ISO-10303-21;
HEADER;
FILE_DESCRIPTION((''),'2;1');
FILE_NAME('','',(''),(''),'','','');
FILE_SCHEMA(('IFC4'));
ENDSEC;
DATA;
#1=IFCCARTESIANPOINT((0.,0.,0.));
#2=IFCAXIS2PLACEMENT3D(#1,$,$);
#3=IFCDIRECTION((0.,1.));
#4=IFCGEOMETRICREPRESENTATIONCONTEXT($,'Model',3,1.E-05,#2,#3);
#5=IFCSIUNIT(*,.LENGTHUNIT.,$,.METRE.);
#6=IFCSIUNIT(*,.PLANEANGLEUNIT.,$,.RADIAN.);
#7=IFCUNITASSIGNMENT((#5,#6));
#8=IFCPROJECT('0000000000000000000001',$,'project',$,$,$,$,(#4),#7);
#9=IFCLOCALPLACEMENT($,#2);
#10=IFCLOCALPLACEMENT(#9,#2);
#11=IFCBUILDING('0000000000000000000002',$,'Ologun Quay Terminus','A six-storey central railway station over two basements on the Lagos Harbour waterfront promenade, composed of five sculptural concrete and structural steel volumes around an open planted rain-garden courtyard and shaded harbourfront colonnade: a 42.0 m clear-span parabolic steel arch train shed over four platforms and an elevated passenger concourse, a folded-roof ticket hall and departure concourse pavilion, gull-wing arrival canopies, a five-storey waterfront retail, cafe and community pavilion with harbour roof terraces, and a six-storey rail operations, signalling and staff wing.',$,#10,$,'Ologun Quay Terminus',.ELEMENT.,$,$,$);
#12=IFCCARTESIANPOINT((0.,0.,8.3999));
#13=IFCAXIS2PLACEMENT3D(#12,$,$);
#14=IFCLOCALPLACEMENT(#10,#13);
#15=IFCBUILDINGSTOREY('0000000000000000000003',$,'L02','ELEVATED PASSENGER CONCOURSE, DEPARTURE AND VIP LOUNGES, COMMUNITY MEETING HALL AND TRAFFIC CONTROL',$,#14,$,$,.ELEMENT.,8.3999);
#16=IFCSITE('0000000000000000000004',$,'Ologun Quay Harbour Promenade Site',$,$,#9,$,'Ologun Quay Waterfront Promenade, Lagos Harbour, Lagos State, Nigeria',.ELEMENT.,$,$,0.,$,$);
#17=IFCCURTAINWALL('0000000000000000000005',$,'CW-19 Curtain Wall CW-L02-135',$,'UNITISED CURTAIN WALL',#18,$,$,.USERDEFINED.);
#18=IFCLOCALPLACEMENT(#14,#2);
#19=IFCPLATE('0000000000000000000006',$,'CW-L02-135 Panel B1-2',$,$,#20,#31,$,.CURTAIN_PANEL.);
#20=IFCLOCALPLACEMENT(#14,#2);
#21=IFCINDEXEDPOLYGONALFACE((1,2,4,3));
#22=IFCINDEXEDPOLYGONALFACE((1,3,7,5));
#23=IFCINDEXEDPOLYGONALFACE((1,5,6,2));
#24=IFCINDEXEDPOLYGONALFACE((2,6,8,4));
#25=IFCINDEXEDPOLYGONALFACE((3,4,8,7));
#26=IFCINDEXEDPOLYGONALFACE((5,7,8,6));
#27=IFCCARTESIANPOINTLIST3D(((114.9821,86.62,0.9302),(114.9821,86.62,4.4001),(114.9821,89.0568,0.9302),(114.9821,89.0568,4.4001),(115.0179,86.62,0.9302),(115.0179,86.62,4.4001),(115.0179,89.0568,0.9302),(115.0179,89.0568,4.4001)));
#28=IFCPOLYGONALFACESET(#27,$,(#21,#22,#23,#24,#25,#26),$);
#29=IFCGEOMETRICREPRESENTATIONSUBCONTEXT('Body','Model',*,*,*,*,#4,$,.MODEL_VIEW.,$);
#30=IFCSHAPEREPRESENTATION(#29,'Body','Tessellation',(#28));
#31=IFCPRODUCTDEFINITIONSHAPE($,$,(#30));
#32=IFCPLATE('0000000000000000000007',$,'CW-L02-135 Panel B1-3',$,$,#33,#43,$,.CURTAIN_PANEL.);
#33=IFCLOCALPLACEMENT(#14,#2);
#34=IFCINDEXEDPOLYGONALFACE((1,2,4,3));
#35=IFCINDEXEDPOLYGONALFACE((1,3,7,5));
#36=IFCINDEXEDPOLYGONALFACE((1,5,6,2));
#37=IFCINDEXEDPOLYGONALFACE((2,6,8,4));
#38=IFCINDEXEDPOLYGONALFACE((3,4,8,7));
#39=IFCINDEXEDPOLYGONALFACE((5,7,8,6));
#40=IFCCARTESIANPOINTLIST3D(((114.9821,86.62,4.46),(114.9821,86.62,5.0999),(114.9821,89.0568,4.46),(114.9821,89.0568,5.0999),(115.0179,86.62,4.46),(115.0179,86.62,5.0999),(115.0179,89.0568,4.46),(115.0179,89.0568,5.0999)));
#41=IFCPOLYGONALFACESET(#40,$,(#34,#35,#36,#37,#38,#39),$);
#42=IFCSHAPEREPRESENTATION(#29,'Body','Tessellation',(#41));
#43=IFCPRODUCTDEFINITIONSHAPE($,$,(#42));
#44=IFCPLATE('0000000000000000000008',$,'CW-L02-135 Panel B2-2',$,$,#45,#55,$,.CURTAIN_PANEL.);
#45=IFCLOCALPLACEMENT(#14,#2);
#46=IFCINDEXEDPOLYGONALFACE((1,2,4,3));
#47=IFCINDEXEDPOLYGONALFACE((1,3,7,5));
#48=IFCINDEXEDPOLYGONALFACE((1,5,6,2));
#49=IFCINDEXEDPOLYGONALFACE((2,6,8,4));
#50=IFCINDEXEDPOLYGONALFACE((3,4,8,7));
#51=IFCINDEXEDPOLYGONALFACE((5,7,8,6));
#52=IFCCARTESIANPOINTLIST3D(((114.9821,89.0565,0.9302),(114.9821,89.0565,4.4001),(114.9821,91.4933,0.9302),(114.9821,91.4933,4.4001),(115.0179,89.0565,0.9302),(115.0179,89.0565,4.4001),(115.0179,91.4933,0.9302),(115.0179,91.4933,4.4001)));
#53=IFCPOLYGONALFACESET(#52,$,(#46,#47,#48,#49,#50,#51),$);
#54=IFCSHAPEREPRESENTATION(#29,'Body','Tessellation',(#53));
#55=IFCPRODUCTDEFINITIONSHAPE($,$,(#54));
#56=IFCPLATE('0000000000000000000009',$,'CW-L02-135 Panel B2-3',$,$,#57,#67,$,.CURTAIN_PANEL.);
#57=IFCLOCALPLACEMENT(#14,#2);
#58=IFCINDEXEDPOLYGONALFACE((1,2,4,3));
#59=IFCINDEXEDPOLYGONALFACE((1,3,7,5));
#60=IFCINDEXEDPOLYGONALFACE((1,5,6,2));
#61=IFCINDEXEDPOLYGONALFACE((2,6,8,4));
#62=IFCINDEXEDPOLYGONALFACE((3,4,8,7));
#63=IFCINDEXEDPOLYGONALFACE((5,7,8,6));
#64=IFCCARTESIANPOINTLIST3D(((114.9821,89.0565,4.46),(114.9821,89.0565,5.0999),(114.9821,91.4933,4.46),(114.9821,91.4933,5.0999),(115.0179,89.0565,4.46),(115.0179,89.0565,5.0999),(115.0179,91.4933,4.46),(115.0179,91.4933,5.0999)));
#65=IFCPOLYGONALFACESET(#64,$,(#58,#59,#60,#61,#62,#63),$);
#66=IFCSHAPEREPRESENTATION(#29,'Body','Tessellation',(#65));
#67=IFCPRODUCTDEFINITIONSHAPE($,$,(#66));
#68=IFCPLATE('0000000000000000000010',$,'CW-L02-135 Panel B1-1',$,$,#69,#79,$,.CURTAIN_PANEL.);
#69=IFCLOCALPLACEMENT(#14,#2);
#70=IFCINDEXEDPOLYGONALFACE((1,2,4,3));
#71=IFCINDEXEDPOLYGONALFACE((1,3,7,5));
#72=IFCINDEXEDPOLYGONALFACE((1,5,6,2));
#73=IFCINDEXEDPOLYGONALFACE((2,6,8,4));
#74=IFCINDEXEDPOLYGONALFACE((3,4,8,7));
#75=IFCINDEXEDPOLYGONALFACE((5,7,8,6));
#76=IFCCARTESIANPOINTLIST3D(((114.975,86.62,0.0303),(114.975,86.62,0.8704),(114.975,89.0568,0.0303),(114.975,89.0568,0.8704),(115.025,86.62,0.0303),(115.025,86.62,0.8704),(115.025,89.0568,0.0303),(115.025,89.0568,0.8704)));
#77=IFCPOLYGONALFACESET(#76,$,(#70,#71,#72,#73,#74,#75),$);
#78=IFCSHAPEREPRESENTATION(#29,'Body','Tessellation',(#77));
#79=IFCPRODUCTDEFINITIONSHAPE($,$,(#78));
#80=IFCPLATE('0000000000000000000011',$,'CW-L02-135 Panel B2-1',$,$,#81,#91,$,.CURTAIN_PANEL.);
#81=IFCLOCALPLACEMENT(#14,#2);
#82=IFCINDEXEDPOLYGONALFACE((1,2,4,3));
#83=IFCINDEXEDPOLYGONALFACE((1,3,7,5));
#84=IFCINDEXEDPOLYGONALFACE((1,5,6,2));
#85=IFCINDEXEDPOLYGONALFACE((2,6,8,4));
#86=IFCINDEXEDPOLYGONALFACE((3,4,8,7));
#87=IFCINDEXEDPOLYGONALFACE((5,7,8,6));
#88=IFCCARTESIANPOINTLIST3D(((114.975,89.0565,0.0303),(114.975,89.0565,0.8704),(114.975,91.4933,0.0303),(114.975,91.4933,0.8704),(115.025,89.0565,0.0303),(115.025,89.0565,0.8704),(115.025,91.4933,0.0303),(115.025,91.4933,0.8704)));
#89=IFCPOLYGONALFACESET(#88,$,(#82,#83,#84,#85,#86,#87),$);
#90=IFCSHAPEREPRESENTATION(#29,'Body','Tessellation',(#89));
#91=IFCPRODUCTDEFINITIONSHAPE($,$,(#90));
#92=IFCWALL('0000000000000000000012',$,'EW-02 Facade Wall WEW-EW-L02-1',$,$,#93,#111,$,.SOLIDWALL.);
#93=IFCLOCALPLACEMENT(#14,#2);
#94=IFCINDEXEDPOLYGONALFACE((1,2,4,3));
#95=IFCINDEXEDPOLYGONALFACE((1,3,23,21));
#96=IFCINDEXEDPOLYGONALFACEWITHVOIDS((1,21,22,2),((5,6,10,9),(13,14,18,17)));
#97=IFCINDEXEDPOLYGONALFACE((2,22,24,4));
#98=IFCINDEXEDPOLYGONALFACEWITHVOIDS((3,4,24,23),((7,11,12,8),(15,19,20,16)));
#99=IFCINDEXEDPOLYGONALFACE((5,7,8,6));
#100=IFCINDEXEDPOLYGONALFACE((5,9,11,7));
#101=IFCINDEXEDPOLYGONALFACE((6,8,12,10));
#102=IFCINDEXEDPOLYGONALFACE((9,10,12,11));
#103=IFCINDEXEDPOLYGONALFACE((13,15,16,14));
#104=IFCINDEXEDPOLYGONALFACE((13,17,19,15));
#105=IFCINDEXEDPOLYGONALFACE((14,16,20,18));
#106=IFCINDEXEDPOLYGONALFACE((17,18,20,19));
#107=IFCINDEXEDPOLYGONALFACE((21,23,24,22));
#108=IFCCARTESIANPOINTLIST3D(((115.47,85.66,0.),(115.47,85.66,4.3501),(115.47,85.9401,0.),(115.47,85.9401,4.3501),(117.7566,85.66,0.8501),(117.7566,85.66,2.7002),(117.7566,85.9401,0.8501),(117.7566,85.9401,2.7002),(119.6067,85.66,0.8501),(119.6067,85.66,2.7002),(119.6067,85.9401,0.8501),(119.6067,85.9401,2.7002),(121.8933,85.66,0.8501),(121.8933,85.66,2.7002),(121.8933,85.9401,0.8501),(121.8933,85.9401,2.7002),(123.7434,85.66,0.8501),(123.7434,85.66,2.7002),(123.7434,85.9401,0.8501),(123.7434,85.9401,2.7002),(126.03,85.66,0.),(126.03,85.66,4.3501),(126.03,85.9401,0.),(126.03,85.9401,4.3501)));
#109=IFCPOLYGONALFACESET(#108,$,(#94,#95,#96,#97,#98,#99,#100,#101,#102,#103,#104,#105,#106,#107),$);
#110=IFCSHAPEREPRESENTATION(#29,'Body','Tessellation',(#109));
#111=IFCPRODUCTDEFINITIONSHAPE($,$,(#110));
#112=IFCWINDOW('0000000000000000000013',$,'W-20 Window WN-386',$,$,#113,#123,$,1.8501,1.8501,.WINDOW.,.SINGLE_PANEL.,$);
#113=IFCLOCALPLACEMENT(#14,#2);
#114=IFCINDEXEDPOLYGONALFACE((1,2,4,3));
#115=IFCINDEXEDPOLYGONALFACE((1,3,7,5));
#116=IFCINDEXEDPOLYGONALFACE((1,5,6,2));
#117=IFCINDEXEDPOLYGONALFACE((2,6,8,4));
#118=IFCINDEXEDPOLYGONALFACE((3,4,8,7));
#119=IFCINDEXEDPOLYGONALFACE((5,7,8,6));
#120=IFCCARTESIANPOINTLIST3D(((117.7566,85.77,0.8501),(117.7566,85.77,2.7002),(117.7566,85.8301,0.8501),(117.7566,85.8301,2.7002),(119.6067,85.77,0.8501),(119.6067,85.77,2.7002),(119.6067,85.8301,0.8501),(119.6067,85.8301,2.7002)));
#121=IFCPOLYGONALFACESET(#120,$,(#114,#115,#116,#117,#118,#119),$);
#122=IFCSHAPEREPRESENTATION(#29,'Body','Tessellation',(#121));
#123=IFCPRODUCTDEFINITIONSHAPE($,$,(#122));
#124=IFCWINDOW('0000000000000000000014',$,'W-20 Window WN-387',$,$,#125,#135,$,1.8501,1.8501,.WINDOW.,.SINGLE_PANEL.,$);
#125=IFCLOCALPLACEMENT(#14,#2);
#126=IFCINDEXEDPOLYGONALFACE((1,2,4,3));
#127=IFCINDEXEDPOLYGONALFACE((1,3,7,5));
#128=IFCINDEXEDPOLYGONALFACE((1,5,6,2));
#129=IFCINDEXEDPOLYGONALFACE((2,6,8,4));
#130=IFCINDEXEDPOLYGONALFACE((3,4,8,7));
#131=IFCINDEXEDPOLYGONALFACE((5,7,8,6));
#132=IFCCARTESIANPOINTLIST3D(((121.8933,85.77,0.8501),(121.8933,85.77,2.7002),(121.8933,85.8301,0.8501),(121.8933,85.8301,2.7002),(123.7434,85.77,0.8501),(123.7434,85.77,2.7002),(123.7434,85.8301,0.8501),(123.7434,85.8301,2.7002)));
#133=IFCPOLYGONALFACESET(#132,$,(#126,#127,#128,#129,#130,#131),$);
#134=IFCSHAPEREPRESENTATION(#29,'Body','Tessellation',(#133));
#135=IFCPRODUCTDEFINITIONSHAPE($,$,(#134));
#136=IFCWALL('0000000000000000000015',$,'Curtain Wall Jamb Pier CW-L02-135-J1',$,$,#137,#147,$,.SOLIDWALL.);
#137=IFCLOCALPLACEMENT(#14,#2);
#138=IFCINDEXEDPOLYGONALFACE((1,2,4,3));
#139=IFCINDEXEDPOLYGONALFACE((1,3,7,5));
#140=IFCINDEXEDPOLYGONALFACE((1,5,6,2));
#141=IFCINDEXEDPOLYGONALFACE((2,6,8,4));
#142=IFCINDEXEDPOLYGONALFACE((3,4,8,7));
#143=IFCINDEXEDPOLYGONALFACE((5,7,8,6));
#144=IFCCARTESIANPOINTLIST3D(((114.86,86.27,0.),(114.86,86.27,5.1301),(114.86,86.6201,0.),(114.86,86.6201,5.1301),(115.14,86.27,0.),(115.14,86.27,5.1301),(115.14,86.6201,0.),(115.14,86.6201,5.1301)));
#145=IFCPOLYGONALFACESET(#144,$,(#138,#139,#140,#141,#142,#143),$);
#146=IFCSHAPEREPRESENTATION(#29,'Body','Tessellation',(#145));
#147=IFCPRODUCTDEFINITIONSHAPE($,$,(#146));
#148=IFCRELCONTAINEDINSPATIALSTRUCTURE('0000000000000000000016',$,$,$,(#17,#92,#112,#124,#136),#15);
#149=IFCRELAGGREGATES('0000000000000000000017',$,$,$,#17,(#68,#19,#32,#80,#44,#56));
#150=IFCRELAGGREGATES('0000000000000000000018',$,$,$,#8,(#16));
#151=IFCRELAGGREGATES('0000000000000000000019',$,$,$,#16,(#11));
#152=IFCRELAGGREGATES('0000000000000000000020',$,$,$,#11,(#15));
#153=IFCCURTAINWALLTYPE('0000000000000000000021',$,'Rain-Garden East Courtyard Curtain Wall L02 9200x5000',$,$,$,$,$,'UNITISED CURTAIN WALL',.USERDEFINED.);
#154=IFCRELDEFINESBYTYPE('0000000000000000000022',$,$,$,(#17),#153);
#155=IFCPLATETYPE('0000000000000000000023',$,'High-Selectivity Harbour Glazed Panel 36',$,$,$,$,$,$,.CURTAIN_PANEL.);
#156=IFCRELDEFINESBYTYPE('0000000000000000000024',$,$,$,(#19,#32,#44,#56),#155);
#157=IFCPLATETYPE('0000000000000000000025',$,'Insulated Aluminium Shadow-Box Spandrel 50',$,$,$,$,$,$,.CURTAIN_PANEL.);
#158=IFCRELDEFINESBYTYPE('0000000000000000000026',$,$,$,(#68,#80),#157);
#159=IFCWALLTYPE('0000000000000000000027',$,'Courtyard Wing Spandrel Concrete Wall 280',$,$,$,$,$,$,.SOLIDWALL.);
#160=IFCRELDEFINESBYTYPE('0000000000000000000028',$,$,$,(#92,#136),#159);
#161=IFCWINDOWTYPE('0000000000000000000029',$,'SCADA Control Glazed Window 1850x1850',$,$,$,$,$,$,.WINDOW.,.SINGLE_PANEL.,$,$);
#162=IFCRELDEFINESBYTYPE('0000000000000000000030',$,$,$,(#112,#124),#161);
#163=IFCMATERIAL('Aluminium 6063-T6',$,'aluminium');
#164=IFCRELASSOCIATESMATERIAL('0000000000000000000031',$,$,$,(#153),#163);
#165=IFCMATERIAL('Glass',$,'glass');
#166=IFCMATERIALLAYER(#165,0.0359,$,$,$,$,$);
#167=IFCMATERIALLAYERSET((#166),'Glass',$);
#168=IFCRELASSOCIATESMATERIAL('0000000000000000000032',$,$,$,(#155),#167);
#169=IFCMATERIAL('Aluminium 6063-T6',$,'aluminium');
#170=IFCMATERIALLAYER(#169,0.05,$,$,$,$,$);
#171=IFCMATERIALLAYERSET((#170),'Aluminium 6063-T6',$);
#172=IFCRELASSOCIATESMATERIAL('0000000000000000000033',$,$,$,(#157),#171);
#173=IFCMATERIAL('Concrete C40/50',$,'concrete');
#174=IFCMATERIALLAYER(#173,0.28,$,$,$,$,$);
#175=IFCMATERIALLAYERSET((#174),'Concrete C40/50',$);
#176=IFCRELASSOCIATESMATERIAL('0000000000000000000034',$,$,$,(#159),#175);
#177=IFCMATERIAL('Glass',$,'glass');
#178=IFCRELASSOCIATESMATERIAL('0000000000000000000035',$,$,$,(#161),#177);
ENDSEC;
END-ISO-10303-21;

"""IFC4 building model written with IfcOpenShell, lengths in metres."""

from ifc_helpers import new_model, si_unit, direction, frame, frame_2d, origin, origin_2d, place, context, subcontext, project, spatial, rectangle, extrude, material, layer, layer_set, type_object, element, fill, aggregate, save


model = new_model("IFC4")

# Units and contexts
model_context = context("Model", 3, precision=1e-05, world=origin(), true_north=direction((0.0, 1.0)))
body_context = subcontext(model_context, "Body", "Model", "MODEL_VIEW")
ifc_project = project(units=[si_unit("LENGTHUNIT", "METRE"), si_unit("PLANEANGLEUNIT", "RADIAN")], contexts=[model_context])

# Site, building, storey
site_placement = place(None, origin())
site = spatial("IfcSite", under=ifc_project, at=site_placement, Name="Ologun Quay Harbour Promenade Site", LongName="Ologun Quay Waterfront Promenade, Lagos Harbour, Lagos State, Nigeria", CompositionType="ELEMENT", RefElevation=0.0)
building_placement = place(site_placement, origin())
building = spatial("IfcBuilding", under=site, at=building_placement, Name="Ologun Quay Terminus", Description="A six-storey central railway station over two basements on the Lagos Harbour waterfront promenade, composed of five sculptural concrete and structural steel volumes around an open planted rain-garden courtyard and shaded harbourfront colonnade: a 42.0 m clear-span parabolic steel arch train shed over four platforms and an elevated passenger concourse, a folded-roof ticket hall and departure concourse pavilion, gull-wing arrival canopies, a five-storey waterfront retail, cafe and community pavilion with harbour roof terraces, and a six-storey rail operations, signalling and staff wing.", LongName="Ologun Quay Terminus", CompositionType="ELEMENT")
storey_placement = place(building_placement, frame((0.0, 0.0, 8.3999)))
storey = spatial("IfcBuildingStorey", under=building, at=storey_placement, Name="L02", Description="ELEVATED PASSENGER CONCOURSE, DEPARTURE AND VIP LOUNGES, COMMUNITY MEETING HALL AND TRAFFIC CONTROL", CompositionType="ELEMENT", Elevation=8.3999)

# Curtain wall
ifc_material_1 = material(Name="Aluminium 6063-T6", Category="aluminium")
curtain_wall_type = type_object("IfcCurtainWallType", Name="Rain-Garden East Courtyard Curtain Wall L02 9200x5000", ElementType="UNITISED CURTAIN WALL", PredefinedType="USERDEFINED", material=ifc_material_1)
curtain_wall_placement = place(storey_placement, origin())
curtain_wall = element("IfcCurtainWall", 1, at=curtain_wall_placement, inside=storey, type_object=curtain_wall_type, Name="CW-19 Curtain Wall CW-L02-135", ObjectType="UNITISED CURTAIN WALL", PredefinedType="USERDEFINED")

# Plates
ifc_material_2 = material(Name="Glass", Category="glass")
ifc_layer_1 = layer(ifc_material_2, 0.0359)
ifc_layer_set_1 = layer_set([ifc_layer_1], Name="Glass")
plate_type_1 = type_object("IfcPlateType", Name="High-Selectivity Harbour Glazed Panel 36", PredefinedType="CURTAIN_PANEL", material=ifc_layer_set_1)
plate_1_placement = place(storey_placement, frame((115.0, 87.8384, 0.9302), z_axis=(0.0, 0.0, 1.0), x_axis=(0.0, 1.0, 0.0)))
plate_1 = element("IfcPlate", 2, at=plate_1_placement, type_object=plate_type_1, Name="CW-L02-135 Panel B1-2", PredefinedType="CURTAIN_PANEL", context=body_context, shape_type="SweptSolid", body=[
    extrude(rectangle(XDim=2.4368, YDim=0.0359, at=origin_2d()), origin(), (0.0, 0.0, 1.0), 3.47),
])
plate_2_placement = place(storey_placement, frame((115.0, 87.8384, 4.46), z_axis=(0.0, 0.0, 1.0), x_axis=(0.0, 1.0, 0.0)))
plate_2 = element("IfcPlate", 3, at=plate_2_placement, type_object=plate_type_1, Name="CW-L02-135 Panel B1-3", PredefinedType="CURTAIN_PANEL", context=body_context, shape_type="SweptSolid", body=[
    extrude(rectangle(XDim=2.4368, YDim=0.0359, at=origin_2d()), origin(), (0.0, 0.0, 1.0), 0.6399),
])
plate_3_placement = place(storey_placement, frame((115.0, 90.2749, 0.9302), z_axis=(0.0, 0.0, 1.0), x_axis=(0.0, 1.0, 0.0)))
plate_3 = element("IfcPlate", 4, at=plate_3_placement, type_object=plate_type_1, Name="CW-L02-135 Panel B2-2", PredefinedType="CURTAIN_PANEL", context=body_context, shape_type="SweptSolid", body=[
    extrude(rectangle(XDim=2.4368, YDim=0.0359, at=origin_2d()), origin(), (0.0, 0.0, 1.0), 3.47),
])
plate_4_placement = place(storey_placement, frame((115.0, 90.2749, 4.46), z_axis=(0.0, 0.0, 1.0), x_axis=(0.0, 1.0, 0.0)))
plate_4 = element("IfcPlate", 5, at=plate_4_placement, type_object=plate_type_1, Name="CW-L02-135 Panel B2-3", PredefinedType="CURTAIN_PANEL", context=body_context, shape_type="SweptSolid", body=[
    extrude(rectangle(XDim=2.4368, YDim=0.0359, at=origin_2d()), origin(), (0.0, 0.0, 1.0), 0.6399),
])
ifc_material_3 = material(Name="Aluminium 6063-T6", Category="aluminium")
ifc_layer_2 = layer(ifc_material_3, 0.05)
ifc_layer_set_2 = layer_set([ifc_layer_2], Name="Aluminium 6063-T6")
plate_type_2 = type_object("IfcPlateType", Name="Insulated Aluminium Shadow-Box Spandrel 50", PredefinedType="CURTAIN_PANEL", material=ifc_layer_set_2)
plate_5_placement = place(storey_placement, frame((115.0, 87.8384, 0.0303), z_axis=(0.0, 0.0, 1.0), x_axis=(0.0, 1.0, 0.0)))
plate_5 = element("IfcPlate", 6, at=plate_5_placement, type_object=plate_type_2, Name="CW-L02-135 Panel B1-1", PredefinedType="CURTAIN_PANEL", context=body_context, shape_type="SweptSolid", body=[
    extrude(rectangle(XDim=2.4368, YDim=0.05, at=origin_2d()), origin(), (0.0, 0.0, 1.0), 0.8401),
])
plate_6_placement = place(storey_placement, frame((115.0, 90.2749, 0.0303), z_axis=(0.0, 0.0, 1.0), x_axis=(0.0, 1.0, 0.0)))
plate_6 = element("IfcPlate", 7, at=plate_6_placement, type_object=plate_type_2, Name="CW-L02-135 Panel B2-1", PredefinedType="CURTAIN_PANEL", context=body_context, shape_type="SweptSolid", body=[
    extrude(rectangle(XDim=2.4368, YDim=0.05, at=origin_2d()), origin(), (0.0, 0.0, 1.0), 0.8401),
])
aggregate(curtain_wall, [plate_5, plate_1, plate_2, plate_6, plate_3, plate_4])

# Wall, openings, windows
ifc_material_4 = material(Name="Concrete C40/50", Category="concrete")
ifc_layer_3 = layer(ifc_material_4, 0.28)
ifc_layer_set_3 = layer_set([ifc_layer_3], Name="Concrete C40/50")
wall_type = type_object("IfcWallType", Name="Courtyard Wing Spandrel Concrete Wall 280", PredefinedType="SOLIDWALL", material=ifc_layer_set_3)
wall_1_placement = place(storey_placement, frame((115.47, 85.8, 0.0), z_axis=(0.0, 0.0, 1.0), x_axis=(1.0, 0.0, 0.0)))
wall_1 = element("IfcWall", 8, at=wall_1_placement, inside=storey, type_object=wall_type, Name="EW-02 Facade Wall WEW-EW-L02-1", PredefinedType="SOLIDWALL", context=body_context, shape_type="SweptSolid", body=[
    extrude(rectangle(XDim=10.5601, YDim=0.28, at=frame_2d((5.28, 0.0))), origin(), (0.0, 0.0, 1.0), 4.3501),
])
opening_1_placement = place(wall_1_placement, frame((2.2866, 0.0, 0.8501)))
opening_1 = element("IfcOpeningElement", 9, at=opening_1_placement, cuts=wall_1, PredefinedType="OPENING", context=body_context, shape_type="SweptSolid", body=[
    extrude(rectangle(XDim=1.8501, YDim=1.8501, at=frame_2d((0.925, 0.925))), frame((0.0, 0.1499, 0.0), z_axis=(0.0, -1.0, 0.0), x_axis=(1.0, 0.0, 0.0)), (0.0, 0.0, 1.0), 0.3),
])
opening_2_placement = place(wall_1_placement, frame((6.4233, 0.0, 0.8501)))
opening_2 = element("IfcOpeningElement", 10, at=opening_2_placement, cuts=wall_1, PredefinedType="OPENING", context=body_context, shape_type="SweptSolid", body=[
    extrude(rectangle(XDim=1.8501, YDim=1.8501, at=frame_2d((0.925, 0.925))), frame((0.0, 0.1499, 0.0), z_axis=(0.0, -1.0, 0.0), x_axis=(1.0, 0.0, 0.0)), (0.0, 0.0, 1.0), 0.3),
])
ifc_material_5 = material(Name="Glass", Category="glass")
window_type = type_object("IfcWindowType", Name="SCADA Control Glazed Window 1850x1850", PartitioningType="SINGLE_PANEL", PredefinedType="WINDOW", material=ifc_material_5)
window_1_placement = place(opening_1_placement, origin())
window_1 = element("IfcWindow", 11, at=window_1_placement, inside=storey, type_object=window_type, Name="W-20 Window WN-386", OverallHeight=1.8501, OverallWidth=1.8501, PartitioningType="SINGLE_PANEL", PredefinedType="WINDOW", context=body_context, shape_type="SweptSolid", body=[
    extrude(rectangle(XDim=1.8501, YDim=1.8501, at=frame_2d((0.925, 0.925))), frame((0.0, 0.03, 0.0), z_axis=(0.0, -1.0, 0.0), x_axis=(1.0, 0.0, 0.0)), (0.0, 0.0, 1.0), 0.0601),
])
fill(opening_1, window_1)
window_2_placement = place(opening_2_placement, origin())
window_2 = element("IfcWindow", 12, at=window_2_placement, inside=storey, type_object=window_type, Name="W-20 Window WN-387", OverallHeight=1.8501, OverallWidth=1.8501, PartitioningType="SINGLE_PANEL", PredefinedType="WINDOW", context=body_context, shape_type="SweptSolid", body=[
    extrude(rectangle(XDim=1.8501, YDim=1.8501, at=frame_2d((0.925, 0.925))), frame((0.0, 0.03, 0.0), z_axis=(0.0, -1.0, 0.0), x_axis=(1.0, 0.0, 0.0)), (0.0, 0.0, 1.0), 0.0601),
])
fill(opening_2, window_2)

# Wall
wall_2_placement = place(storey_placement, frame((115.0, 86.27, 0.0), z_axis=(0.0, 0.0, 1.0), x_axis=(0.0, 1.0, 0.0)))
element("IfcWall", 13, at=wall_2_placement, inside=storey, type_object=wall_type, Name="Curtain Wall Jamb Pier CW-L02-135-J1", PredefinedType="SOLIDWALL", context=body_context, shape_type="SweptSolid", body=[
    extrude(rectangle(XDim=0.3501, YDim=0.28, at=frame_2d((0.175, 0.0))), origin(), (0.0, 0.0, 1.0), 5.1301),
])

save(model, "model.ifc")
